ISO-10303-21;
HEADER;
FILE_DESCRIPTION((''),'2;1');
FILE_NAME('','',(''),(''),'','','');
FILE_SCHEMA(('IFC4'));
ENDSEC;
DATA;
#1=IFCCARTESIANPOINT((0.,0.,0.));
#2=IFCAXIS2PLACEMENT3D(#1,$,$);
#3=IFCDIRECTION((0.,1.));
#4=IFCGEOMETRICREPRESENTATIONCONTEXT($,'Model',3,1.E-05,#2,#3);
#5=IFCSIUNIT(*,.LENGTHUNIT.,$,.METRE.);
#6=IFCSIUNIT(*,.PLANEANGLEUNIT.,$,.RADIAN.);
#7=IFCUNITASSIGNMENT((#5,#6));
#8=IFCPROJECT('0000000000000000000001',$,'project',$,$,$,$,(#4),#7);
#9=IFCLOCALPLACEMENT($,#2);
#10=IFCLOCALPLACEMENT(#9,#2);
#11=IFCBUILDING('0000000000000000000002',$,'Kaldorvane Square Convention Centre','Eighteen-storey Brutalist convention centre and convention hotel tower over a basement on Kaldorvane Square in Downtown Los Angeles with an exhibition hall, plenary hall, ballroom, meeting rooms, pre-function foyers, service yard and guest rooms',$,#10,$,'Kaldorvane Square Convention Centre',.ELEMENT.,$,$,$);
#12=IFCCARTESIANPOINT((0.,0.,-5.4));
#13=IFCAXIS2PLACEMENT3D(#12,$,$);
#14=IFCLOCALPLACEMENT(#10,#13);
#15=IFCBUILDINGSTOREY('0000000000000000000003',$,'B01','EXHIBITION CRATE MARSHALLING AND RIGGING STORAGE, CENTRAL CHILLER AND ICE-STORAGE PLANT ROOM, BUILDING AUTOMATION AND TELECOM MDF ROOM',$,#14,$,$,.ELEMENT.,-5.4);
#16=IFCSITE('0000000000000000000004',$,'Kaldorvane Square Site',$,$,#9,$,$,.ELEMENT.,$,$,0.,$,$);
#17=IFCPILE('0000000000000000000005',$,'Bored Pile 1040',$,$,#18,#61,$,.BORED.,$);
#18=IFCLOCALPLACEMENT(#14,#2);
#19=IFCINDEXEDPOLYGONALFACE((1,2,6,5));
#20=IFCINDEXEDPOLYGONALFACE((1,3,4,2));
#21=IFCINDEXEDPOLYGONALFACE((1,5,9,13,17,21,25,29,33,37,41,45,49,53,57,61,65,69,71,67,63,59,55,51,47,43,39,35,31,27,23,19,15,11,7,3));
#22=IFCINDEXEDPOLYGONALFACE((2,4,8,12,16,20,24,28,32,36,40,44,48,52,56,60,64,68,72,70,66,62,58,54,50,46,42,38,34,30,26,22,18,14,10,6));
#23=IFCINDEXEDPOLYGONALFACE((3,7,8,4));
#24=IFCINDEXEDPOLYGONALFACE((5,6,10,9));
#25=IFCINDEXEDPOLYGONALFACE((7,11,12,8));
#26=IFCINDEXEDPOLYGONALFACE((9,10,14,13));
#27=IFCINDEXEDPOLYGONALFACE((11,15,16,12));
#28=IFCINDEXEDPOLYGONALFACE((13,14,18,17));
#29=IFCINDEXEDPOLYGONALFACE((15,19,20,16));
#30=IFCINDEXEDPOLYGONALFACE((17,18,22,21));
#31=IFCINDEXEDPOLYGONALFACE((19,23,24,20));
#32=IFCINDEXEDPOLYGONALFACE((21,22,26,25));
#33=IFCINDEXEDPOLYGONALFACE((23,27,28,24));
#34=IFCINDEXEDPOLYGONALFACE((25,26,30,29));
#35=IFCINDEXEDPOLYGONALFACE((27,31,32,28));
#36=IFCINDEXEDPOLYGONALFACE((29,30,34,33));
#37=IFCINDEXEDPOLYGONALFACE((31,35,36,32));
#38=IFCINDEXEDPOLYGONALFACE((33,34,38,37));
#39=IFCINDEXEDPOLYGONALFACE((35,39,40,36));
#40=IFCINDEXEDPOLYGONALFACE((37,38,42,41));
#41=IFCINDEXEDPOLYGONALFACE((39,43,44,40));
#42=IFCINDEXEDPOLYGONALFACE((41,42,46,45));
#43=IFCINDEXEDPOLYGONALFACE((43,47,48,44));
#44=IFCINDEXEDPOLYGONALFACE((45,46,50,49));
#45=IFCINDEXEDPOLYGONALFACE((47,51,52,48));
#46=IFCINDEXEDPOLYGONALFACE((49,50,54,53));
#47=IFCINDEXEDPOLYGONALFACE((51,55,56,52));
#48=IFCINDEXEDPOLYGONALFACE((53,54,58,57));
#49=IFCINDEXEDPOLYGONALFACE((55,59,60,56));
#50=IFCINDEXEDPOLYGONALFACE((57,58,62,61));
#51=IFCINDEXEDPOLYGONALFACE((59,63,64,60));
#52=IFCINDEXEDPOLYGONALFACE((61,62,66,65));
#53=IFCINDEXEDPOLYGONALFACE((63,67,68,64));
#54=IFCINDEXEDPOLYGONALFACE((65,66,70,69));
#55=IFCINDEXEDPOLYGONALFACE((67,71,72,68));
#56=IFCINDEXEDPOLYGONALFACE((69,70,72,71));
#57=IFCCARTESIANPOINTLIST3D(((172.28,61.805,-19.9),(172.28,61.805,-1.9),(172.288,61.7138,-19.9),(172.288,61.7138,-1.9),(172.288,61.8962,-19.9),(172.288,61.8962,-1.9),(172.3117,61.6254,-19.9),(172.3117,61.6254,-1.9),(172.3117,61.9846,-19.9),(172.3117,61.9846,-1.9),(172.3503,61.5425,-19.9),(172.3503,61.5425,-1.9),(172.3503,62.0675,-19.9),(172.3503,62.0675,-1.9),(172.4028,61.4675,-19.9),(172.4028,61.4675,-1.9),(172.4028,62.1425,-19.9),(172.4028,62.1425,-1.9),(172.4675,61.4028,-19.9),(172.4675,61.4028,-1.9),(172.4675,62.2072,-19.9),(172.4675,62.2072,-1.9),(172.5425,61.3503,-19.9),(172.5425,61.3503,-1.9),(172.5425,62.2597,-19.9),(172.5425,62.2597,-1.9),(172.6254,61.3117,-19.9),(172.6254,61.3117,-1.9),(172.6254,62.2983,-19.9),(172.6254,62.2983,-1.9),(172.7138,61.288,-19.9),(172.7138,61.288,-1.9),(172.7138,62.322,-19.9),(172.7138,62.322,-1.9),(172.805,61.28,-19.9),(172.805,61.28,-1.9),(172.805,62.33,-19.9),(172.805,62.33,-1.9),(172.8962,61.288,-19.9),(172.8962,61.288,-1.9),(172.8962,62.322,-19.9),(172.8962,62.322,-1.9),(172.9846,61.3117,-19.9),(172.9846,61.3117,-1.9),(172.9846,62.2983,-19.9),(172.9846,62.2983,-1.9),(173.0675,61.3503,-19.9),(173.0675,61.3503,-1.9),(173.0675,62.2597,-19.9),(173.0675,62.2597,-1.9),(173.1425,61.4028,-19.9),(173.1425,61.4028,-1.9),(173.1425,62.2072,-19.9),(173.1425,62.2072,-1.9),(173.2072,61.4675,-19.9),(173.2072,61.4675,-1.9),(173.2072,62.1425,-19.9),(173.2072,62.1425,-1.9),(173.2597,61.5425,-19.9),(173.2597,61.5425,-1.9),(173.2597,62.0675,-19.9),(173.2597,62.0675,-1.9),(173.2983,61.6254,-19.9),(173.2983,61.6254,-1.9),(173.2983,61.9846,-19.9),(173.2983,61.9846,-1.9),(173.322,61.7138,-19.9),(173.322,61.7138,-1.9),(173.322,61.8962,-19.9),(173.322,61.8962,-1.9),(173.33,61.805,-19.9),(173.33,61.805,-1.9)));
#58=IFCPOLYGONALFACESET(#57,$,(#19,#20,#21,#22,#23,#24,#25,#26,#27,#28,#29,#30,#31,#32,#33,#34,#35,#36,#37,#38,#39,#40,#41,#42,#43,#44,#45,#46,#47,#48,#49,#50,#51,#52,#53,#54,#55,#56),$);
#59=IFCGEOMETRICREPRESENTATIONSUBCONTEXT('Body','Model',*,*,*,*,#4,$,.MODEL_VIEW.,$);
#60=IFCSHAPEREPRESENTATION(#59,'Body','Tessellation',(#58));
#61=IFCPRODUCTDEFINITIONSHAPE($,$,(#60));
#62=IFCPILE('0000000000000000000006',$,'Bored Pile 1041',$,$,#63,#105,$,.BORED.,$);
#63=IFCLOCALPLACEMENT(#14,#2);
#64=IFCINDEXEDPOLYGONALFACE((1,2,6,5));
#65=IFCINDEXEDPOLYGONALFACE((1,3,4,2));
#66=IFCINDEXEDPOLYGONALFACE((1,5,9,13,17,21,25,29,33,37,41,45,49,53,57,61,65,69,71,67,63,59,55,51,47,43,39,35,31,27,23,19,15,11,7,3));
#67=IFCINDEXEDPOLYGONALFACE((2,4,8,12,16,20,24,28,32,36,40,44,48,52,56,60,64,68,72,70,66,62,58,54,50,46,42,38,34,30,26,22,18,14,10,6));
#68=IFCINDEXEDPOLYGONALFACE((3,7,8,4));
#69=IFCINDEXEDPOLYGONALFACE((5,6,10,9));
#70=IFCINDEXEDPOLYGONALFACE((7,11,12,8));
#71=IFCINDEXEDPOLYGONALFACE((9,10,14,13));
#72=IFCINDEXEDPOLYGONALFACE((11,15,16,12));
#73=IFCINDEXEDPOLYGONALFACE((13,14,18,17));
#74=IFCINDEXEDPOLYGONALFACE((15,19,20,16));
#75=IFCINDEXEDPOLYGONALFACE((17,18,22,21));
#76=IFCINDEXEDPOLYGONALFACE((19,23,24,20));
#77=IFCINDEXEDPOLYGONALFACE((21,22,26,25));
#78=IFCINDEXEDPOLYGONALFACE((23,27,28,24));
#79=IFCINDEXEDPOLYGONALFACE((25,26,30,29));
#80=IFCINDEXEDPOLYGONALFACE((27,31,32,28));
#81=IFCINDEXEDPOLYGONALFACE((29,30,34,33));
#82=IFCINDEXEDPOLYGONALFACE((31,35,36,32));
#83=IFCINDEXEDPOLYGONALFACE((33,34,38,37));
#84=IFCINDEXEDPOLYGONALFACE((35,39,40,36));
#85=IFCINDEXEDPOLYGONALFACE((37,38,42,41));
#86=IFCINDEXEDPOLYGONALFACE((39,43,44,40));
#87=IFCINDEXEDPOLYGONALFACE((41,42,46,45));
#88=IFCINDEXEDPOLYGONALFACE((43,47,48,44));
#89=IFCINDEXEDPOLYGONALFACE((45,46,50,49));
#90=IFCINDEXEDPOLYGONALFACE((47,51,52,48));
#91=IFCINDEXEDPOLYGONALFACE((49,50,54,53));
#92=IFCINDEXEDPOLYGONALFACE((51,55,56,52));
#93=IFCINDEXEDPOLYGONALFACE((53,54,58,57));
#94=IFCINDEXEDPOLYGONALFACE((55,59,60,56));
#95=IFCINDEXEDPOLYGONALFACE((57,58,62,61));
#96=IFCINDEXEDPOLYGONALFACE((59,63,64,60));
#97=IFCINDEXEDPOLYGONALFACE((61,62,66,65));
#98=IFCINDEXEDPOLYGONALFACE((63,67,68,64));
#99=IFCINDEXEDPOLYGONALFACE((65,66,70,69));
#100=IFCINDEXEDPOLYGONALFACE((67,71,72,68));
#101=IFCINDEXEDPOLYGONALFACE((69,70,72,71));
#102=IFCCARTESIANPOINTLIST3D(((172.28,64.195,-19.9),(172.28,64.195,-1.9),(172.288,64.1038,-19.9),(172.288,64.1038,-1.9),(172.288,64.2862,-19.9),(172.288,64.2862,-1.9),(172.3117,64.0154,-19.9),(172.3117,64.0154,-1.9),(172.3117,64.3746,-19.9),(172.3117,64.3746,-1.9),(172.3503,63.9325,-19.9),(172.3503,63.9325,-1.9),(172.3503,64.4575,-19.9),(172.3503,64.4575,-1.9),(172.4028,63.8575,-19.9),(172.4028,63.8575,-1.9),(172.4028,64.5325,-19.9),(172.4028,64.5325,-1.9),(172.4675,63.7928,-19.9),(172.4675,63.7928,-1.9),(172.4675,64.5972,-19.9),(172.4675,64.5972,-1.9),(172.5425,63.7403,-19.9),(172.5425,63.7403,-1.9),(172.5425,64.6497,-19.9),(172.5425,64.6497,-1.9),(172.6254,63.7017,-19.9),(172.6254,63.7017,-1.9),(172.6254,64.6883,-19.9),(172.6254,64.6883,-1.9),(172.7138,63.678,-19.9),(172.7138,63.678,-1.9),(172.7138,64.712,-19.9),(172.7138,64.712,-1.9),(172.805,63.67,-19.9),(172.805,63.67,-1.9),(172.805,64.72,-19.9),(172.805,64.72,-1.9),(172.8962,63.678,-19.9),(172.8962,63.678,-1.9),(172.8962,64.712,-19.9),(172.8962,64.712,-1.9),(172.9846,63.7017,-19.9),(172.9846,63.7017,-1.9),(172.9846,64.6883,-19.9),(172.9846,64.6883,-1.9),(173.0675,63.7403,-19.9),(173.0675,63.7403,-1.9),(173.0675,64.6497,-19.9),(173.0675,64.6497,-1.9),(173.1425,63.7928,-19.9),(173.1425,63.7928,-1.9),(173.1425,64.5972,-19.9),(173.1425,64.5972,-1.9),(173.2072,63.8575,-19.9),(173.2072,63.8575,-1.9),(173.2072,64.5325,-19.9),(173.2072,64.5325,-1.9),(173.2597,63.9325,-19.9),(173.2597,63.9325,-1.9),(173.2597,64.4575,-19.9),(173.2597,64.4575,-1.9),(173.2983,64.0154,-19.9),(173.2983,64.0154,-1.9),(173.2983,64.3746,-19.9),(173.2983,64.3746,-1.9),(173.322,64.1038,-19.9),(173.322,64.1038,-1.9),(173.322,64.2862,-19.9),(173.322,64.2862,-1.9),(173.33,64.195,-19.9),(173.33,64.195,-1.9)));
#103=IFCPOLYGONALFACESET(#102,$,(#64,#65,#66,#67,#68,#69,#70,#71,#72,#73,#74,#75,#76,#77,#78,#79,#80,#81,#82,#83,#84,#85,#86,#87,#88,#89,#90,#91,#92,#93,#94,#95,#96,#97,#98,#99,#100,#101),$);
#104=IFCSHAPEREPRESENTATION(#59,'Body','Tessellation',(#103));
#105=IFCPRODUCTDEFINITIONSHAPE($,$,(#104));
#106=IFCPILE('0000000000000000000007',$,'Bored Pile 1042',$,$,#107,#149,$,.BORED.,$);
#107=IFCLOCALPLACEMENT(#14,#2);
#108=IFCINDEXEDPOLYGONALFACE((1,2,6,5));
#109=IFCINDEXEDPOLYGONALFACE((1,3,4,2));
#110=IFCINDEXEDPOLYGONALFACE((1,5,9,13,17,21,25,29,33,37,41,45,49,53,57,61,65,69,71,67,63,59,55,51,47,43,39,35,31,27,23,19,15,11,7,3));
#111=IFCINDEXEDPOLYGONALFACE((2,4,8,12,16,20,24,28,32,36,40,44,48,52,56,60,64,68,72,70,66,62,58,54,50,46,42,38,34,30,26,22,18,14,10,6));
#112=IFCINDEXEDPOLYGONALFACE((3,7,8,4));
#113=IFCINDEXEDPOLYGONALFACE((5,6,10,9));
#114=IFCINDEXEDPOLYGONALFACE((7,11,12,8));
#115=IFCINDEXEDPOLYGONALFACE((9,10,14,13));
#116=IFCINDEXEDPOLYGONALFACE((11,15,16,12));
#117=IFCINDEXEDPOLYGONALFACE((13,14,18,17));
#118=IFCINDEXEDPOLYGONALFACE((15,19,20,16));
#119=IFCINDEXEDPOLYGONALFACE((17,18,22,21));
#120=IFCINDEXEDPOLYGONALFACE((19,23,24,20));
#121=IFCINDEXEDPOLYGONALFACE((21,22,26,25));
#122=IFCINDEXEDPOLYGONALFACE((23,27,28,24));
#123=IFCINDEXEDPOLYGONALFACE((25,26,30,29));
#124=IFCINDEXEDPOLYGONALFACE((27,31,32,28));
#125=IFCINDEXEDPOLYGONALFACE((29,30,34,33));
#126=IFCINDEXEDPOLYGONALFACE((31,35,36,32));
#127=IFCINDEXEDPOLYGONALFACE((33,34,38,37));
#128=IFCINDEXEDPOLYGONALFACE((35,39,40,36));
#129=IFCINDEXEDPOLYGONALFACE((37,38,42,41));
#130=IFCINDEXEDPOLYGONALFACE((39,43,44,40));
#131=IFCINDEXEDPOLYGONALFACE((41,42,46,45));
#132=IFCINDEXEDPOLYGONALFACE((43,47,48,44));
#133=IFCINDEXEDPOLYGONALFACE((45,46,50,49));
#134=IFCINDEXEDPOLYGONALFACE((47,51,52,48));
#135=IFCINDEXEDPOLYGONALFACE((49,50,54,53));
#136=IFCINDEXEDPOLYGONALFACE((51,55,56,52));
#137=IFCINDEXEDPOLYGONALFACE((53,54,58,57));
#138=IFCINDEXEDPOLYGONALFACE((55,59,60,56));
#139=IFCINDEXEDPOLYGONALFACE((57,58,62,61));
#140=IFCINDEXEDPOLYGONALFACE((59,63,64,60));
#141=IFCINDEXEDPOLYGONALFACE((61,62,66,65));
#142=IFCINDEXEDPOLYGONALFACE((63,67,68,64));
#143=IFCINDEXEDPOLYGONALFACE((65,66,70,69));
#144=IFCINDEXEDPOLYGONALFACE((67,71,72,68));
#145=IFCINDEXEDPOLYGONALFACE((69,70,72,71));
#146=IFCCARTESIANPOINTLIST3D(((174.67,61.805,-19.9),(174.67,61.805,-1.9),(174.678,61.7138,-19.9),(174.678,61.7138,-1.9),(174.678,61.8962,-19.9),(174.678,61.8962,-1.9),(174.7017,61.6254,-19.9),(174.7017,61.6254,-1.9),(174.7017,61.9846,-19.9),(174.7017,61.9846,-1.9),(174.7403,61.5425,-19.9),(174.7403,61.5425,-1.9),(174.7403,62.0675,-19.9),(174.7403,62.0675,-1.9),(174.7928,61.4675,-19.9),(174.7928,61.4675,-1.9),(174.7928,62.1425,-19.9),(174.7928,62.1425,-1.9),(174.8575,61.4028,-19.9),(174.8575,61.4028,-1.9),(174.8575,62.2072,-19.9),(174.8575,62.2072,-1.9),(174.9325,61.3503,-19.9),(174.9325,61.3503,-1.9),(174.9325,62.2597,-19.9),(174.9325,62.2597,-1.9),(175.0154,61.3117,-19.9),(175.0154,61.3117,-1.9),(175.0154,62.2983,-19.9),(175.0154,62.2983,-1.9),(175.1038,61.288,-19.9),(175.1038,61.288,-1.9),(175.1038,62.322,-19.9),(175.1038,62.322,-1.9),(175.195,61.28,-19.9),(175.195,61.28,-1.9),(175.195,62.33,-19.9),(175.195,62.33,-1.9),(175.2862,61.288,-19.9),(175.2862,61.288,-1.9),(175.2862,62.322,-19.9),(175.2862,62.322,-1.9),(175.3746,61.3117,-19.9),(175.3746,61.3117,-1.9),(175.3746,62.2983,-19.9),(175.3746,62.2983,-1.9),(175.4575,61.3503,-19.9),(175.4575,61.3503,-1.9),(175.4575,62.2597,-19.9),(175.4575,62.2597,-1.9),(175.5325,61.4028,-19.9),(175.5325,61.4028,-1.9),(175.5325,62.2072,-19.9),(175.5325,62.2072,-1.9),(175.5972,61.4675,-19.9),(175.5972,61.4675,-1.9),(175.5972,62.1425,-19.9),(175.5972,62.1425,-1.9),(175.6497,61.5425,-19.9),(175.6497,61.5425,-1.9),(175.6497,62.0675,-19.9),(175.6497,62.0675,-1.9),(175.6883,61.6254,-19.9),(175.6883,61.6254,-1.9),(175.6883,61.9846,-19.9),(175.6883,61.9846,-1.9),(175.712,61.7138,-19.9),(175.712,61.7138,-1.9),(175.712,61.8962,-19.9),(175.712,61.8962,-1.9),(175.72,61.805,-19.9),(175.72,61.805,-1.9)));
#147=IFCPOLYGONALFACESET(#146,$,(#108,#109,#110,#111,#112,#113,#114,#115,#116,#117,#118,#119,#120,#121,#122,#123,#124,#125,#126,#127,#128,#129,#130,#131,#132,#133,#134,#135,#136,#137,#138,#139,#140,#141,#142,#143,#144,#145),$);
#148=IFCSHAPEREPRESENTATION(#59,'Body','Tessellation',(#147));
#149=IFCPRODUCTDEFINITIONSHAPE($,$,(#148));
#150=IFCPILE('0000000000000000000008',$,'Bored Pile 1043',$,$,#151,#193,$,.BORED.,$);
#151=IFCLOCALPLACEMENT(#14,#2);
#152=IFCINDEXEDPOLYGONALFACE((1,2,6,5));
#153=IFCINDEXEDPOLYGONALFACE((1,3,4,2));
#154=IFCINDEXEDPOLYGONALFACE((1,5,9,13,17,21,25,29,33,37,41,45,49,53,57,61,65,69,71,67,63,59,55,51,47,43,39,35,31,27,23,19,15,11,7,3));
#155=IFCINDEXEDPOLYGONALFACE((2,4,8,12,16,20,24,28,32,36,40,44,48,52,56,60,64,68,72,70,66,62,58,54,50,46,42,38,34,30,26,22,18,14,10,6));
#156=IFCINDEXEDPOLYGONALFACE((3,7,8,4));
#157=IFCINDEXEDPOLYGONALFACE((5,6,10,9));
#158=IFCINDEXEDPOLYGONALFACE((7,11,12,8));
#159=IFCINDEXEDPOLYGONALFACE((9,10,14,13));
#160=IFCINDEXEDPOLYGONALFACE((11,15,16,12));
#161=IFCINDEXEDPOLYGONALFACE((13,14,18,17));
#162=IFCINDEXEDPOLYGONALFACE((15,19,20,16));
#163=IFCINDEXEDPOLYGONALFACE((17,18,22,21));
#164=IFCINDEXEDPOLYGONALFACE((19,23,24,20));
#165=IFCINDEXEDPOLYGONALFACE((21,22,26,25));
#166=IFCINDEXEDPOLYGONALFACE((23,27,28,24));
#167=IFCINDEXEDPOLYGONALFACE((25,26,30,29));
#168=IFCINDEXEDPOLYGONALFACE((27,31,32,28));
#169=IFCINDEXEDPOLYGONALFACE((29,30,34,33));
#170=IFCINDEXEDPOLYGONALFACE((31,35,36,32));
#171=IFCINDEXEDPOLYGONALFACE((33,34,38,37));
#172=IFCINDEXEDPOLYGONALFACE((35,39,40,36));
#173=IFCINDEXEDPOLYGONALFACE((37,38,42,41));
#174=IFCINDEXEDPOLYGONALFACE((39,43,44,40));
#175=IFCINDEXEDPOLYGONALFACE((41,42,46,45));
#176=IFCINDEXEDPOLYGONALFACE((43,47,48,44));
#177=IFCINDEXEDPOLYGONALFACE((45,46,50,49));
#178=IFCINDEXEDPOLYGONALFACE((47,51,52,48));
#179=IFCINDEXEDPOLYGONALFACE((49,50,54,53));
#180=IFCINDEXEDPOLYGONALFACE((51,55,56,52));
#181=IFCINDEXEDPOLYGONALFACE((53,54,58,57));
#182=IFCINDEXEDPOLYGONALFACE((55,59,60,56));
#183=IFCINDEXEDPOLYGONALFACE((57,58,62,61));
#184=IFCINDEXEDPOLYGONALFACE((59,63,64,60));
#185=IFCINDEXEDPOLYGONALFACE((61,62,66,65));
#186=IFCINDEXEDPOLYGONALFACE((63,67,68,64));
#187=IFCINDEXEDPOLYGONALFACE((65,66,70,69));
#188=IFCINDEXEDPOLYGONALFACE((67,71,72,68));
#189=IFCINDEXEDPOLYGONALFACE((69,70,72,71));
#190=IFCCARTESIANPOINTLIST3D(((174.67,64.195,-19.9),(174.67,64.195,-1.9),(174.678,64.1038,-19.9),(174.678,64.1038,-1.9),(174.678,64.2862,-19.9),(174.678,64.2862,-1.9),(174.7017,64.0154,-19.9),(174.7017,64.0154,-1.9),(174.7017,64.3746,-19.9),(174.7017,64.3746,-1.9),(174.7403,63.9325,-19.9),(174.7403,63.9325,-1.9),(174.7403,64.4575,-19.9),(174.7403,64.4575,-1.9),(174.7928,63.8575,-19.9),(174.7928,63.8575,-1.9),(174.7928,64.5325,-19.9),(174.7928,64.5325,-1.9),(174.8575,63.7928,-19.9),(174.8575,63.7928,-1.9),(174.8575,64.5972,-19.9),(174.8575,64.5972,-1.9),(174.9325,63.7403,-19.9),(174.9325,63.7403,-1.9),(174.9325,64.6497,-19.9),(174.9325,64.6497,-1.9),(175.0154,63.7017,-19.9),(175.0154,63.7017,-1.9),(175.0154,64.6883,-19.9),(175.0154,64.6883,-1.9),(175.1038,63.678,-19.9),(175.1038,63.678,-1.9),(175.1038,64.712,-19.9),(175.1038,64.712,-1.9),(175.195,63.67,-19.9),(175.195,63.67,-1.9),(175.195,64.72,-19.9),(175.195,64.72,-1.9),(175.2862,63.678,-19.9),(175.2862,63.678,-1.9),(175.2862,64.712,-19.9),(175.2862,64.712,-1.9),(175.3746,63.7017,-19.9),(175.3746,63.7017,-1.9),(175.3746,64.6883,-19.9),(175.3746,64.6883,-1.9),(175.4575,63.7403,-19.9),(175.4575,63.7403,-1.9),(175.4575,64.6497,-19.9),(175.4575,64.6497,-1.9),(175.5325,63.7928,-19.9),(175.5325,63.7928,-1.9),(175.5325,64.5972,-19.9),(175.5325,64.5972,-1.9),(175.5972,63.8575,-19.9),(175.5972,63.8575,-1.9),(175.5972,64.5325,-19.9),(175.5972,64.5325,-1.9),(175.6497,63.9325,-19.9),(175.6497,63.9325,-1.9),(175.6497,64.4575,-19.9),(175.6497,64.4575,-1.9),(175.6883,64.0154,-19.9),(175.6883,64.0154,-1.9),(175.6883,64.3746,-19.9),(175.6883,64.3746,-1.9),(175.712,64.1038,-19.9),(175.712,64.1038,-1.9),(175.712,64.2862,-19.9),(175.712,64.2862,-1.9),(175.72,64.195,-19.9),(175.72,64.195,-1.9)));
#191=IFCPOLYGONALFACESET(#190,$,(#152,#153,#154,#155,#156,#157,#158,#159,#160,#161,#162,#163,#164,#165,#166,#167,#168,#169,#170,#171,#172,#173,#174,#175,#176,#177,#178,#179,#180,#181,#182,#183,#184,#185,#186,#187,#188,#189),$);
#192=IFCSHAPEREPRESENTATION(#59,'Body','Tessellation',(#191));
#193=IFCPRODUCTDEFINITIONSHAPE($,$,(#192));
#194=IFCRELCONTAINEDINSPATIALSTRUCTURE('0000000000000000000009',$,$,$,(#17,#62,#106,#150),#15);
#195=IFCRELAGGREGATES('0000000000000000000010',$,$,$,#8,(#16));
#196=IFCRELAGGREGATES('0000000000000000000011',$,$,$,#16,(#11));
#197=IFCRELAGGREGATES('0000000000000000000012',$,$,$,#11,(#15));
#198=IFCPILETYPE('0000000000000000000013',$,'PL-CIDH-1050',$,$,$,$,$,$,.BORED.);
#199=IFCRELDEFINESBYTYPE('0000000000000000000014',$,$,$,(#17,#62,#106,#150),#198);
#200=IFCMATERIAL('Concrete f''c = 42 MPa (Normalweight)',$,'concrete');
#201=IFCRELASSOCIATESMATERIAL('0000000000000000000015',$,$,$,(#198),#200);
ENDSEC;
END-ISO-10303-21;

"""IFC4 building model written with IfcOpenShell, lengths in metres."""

from ifc_helpers import new_model, si_unit, direction, frame, origin, origin_2d, place, context, subcontext, project, spatial, circle, extrude, material, material_profile, profile_set, type_object, element, save


model = new_model("IFC4")

# Units and contexts
model_context = context("Model", 3, precision=1e-05, world=origin(), true_north=direction((0.0, 1.0)))
body_context = subcontext(model_context, "Body", "Model", "MODEL_VIEW")
ifc_project = project(units=[si_unit("LENGTHUNIT", "METRE"), si_unit("PLANEANGLEUNIT", "RADIAN")], contexts=[model_context])

# Site, building, storey
site_placement = place(None, origin())
site = spatial("IfcSite", under=ifc_project, at=site_placement, Name="Kaldorvane Square Site", CompositionType="ELEMENT", RefElevation=0.0)
building_placement = place(site_placement, origin())
building = spatial("IfcBuilding", under=site, at=building_placement, Name="Kaldorvane Square Convention Centre", Description="Eighteen-storey Brutalist convention centre and convention hotel tower over a basement on Kaldorvane Square in Downtown Los Angeles with an exhibition hall, plenary hall, ballroom, meeting rooms, pre-function foyers, service yard and guest rooms", LongName="Kaldorvane Square Convention Centre", CompositionType="ELEMENT")
storey_placement = place(building_placement, frame((0.0, 0.0, -5.4)))
storey = spatial("IfcBuildingStorey", under=building, at=storey_placement, Name="B01", Description="EXHIBITION CRATE MARSHALLING AND RIGGING STORAGE, CENTRAL CHILLER AND ICE-STORAGE PLANT ROOM, BUILDING AUTOMATION AND TELECOM MDF ROOM", CompositionType="ELEMENT", Elevation=-5.4)

# Shared definitions
ifc_material_1 = material(Name="Concrete f'c = 42 MPa (Normalweight)", Category="concrete")

# Piles
ifc_material_profile_1 = material_profile(ifc_material_1, circle(Radius=0.525, at=origin_2d()), Name="PILE-D1050")
ifc_profile_set_1 = profile_set([ifc_material_profile_1], Name="Concrete f'c = 42 MPa (Normalweight)")
pile_type_1 = type_object("IfcPileType", Name="PL-CIDH-1050", PredefinedType="BORED", material=ifc_profile_set_1)
for number, where, z_axis, x_axis, name in (
    (1, (172.805, 61.805, -1.9), (0.0, 0.0, -1.0), (1.0, 0.0, 0.0), "Bored Pile 1040"),
    (2, (172.805, 64.195, -1.9), (0.0, 0.0, -1.0), (1.0, 0.0, 0.0), "Bored Pile 1041"),
    (3, (175.195, 61.805, -1.9), (0.0, 0.0, -1.0), (1.0, 0.0, 0.0), "Bored Pile 1042"),
    (4, (175.195, 64.195, -1.9), (0.0, 0.0, -1.0), (1.0, 0.0, 0.0), "Bored Pile 1043"),
):
    element("IfcPile", number, at=place(storey_placement, frame(where, z_axis=z_axis, x_axis=x_axis)), inside=storey, type_object=pile_type_1, Name=name, PredefinedType="BORED", context=body_context, shape_type="SweptSolid", body=[
        extrude(circle(Radius=0.525, at=origin_2d()), origin(), (0.0, 0.0, 1.0), 18.0),
    ])

save(model, "model.ifc")
